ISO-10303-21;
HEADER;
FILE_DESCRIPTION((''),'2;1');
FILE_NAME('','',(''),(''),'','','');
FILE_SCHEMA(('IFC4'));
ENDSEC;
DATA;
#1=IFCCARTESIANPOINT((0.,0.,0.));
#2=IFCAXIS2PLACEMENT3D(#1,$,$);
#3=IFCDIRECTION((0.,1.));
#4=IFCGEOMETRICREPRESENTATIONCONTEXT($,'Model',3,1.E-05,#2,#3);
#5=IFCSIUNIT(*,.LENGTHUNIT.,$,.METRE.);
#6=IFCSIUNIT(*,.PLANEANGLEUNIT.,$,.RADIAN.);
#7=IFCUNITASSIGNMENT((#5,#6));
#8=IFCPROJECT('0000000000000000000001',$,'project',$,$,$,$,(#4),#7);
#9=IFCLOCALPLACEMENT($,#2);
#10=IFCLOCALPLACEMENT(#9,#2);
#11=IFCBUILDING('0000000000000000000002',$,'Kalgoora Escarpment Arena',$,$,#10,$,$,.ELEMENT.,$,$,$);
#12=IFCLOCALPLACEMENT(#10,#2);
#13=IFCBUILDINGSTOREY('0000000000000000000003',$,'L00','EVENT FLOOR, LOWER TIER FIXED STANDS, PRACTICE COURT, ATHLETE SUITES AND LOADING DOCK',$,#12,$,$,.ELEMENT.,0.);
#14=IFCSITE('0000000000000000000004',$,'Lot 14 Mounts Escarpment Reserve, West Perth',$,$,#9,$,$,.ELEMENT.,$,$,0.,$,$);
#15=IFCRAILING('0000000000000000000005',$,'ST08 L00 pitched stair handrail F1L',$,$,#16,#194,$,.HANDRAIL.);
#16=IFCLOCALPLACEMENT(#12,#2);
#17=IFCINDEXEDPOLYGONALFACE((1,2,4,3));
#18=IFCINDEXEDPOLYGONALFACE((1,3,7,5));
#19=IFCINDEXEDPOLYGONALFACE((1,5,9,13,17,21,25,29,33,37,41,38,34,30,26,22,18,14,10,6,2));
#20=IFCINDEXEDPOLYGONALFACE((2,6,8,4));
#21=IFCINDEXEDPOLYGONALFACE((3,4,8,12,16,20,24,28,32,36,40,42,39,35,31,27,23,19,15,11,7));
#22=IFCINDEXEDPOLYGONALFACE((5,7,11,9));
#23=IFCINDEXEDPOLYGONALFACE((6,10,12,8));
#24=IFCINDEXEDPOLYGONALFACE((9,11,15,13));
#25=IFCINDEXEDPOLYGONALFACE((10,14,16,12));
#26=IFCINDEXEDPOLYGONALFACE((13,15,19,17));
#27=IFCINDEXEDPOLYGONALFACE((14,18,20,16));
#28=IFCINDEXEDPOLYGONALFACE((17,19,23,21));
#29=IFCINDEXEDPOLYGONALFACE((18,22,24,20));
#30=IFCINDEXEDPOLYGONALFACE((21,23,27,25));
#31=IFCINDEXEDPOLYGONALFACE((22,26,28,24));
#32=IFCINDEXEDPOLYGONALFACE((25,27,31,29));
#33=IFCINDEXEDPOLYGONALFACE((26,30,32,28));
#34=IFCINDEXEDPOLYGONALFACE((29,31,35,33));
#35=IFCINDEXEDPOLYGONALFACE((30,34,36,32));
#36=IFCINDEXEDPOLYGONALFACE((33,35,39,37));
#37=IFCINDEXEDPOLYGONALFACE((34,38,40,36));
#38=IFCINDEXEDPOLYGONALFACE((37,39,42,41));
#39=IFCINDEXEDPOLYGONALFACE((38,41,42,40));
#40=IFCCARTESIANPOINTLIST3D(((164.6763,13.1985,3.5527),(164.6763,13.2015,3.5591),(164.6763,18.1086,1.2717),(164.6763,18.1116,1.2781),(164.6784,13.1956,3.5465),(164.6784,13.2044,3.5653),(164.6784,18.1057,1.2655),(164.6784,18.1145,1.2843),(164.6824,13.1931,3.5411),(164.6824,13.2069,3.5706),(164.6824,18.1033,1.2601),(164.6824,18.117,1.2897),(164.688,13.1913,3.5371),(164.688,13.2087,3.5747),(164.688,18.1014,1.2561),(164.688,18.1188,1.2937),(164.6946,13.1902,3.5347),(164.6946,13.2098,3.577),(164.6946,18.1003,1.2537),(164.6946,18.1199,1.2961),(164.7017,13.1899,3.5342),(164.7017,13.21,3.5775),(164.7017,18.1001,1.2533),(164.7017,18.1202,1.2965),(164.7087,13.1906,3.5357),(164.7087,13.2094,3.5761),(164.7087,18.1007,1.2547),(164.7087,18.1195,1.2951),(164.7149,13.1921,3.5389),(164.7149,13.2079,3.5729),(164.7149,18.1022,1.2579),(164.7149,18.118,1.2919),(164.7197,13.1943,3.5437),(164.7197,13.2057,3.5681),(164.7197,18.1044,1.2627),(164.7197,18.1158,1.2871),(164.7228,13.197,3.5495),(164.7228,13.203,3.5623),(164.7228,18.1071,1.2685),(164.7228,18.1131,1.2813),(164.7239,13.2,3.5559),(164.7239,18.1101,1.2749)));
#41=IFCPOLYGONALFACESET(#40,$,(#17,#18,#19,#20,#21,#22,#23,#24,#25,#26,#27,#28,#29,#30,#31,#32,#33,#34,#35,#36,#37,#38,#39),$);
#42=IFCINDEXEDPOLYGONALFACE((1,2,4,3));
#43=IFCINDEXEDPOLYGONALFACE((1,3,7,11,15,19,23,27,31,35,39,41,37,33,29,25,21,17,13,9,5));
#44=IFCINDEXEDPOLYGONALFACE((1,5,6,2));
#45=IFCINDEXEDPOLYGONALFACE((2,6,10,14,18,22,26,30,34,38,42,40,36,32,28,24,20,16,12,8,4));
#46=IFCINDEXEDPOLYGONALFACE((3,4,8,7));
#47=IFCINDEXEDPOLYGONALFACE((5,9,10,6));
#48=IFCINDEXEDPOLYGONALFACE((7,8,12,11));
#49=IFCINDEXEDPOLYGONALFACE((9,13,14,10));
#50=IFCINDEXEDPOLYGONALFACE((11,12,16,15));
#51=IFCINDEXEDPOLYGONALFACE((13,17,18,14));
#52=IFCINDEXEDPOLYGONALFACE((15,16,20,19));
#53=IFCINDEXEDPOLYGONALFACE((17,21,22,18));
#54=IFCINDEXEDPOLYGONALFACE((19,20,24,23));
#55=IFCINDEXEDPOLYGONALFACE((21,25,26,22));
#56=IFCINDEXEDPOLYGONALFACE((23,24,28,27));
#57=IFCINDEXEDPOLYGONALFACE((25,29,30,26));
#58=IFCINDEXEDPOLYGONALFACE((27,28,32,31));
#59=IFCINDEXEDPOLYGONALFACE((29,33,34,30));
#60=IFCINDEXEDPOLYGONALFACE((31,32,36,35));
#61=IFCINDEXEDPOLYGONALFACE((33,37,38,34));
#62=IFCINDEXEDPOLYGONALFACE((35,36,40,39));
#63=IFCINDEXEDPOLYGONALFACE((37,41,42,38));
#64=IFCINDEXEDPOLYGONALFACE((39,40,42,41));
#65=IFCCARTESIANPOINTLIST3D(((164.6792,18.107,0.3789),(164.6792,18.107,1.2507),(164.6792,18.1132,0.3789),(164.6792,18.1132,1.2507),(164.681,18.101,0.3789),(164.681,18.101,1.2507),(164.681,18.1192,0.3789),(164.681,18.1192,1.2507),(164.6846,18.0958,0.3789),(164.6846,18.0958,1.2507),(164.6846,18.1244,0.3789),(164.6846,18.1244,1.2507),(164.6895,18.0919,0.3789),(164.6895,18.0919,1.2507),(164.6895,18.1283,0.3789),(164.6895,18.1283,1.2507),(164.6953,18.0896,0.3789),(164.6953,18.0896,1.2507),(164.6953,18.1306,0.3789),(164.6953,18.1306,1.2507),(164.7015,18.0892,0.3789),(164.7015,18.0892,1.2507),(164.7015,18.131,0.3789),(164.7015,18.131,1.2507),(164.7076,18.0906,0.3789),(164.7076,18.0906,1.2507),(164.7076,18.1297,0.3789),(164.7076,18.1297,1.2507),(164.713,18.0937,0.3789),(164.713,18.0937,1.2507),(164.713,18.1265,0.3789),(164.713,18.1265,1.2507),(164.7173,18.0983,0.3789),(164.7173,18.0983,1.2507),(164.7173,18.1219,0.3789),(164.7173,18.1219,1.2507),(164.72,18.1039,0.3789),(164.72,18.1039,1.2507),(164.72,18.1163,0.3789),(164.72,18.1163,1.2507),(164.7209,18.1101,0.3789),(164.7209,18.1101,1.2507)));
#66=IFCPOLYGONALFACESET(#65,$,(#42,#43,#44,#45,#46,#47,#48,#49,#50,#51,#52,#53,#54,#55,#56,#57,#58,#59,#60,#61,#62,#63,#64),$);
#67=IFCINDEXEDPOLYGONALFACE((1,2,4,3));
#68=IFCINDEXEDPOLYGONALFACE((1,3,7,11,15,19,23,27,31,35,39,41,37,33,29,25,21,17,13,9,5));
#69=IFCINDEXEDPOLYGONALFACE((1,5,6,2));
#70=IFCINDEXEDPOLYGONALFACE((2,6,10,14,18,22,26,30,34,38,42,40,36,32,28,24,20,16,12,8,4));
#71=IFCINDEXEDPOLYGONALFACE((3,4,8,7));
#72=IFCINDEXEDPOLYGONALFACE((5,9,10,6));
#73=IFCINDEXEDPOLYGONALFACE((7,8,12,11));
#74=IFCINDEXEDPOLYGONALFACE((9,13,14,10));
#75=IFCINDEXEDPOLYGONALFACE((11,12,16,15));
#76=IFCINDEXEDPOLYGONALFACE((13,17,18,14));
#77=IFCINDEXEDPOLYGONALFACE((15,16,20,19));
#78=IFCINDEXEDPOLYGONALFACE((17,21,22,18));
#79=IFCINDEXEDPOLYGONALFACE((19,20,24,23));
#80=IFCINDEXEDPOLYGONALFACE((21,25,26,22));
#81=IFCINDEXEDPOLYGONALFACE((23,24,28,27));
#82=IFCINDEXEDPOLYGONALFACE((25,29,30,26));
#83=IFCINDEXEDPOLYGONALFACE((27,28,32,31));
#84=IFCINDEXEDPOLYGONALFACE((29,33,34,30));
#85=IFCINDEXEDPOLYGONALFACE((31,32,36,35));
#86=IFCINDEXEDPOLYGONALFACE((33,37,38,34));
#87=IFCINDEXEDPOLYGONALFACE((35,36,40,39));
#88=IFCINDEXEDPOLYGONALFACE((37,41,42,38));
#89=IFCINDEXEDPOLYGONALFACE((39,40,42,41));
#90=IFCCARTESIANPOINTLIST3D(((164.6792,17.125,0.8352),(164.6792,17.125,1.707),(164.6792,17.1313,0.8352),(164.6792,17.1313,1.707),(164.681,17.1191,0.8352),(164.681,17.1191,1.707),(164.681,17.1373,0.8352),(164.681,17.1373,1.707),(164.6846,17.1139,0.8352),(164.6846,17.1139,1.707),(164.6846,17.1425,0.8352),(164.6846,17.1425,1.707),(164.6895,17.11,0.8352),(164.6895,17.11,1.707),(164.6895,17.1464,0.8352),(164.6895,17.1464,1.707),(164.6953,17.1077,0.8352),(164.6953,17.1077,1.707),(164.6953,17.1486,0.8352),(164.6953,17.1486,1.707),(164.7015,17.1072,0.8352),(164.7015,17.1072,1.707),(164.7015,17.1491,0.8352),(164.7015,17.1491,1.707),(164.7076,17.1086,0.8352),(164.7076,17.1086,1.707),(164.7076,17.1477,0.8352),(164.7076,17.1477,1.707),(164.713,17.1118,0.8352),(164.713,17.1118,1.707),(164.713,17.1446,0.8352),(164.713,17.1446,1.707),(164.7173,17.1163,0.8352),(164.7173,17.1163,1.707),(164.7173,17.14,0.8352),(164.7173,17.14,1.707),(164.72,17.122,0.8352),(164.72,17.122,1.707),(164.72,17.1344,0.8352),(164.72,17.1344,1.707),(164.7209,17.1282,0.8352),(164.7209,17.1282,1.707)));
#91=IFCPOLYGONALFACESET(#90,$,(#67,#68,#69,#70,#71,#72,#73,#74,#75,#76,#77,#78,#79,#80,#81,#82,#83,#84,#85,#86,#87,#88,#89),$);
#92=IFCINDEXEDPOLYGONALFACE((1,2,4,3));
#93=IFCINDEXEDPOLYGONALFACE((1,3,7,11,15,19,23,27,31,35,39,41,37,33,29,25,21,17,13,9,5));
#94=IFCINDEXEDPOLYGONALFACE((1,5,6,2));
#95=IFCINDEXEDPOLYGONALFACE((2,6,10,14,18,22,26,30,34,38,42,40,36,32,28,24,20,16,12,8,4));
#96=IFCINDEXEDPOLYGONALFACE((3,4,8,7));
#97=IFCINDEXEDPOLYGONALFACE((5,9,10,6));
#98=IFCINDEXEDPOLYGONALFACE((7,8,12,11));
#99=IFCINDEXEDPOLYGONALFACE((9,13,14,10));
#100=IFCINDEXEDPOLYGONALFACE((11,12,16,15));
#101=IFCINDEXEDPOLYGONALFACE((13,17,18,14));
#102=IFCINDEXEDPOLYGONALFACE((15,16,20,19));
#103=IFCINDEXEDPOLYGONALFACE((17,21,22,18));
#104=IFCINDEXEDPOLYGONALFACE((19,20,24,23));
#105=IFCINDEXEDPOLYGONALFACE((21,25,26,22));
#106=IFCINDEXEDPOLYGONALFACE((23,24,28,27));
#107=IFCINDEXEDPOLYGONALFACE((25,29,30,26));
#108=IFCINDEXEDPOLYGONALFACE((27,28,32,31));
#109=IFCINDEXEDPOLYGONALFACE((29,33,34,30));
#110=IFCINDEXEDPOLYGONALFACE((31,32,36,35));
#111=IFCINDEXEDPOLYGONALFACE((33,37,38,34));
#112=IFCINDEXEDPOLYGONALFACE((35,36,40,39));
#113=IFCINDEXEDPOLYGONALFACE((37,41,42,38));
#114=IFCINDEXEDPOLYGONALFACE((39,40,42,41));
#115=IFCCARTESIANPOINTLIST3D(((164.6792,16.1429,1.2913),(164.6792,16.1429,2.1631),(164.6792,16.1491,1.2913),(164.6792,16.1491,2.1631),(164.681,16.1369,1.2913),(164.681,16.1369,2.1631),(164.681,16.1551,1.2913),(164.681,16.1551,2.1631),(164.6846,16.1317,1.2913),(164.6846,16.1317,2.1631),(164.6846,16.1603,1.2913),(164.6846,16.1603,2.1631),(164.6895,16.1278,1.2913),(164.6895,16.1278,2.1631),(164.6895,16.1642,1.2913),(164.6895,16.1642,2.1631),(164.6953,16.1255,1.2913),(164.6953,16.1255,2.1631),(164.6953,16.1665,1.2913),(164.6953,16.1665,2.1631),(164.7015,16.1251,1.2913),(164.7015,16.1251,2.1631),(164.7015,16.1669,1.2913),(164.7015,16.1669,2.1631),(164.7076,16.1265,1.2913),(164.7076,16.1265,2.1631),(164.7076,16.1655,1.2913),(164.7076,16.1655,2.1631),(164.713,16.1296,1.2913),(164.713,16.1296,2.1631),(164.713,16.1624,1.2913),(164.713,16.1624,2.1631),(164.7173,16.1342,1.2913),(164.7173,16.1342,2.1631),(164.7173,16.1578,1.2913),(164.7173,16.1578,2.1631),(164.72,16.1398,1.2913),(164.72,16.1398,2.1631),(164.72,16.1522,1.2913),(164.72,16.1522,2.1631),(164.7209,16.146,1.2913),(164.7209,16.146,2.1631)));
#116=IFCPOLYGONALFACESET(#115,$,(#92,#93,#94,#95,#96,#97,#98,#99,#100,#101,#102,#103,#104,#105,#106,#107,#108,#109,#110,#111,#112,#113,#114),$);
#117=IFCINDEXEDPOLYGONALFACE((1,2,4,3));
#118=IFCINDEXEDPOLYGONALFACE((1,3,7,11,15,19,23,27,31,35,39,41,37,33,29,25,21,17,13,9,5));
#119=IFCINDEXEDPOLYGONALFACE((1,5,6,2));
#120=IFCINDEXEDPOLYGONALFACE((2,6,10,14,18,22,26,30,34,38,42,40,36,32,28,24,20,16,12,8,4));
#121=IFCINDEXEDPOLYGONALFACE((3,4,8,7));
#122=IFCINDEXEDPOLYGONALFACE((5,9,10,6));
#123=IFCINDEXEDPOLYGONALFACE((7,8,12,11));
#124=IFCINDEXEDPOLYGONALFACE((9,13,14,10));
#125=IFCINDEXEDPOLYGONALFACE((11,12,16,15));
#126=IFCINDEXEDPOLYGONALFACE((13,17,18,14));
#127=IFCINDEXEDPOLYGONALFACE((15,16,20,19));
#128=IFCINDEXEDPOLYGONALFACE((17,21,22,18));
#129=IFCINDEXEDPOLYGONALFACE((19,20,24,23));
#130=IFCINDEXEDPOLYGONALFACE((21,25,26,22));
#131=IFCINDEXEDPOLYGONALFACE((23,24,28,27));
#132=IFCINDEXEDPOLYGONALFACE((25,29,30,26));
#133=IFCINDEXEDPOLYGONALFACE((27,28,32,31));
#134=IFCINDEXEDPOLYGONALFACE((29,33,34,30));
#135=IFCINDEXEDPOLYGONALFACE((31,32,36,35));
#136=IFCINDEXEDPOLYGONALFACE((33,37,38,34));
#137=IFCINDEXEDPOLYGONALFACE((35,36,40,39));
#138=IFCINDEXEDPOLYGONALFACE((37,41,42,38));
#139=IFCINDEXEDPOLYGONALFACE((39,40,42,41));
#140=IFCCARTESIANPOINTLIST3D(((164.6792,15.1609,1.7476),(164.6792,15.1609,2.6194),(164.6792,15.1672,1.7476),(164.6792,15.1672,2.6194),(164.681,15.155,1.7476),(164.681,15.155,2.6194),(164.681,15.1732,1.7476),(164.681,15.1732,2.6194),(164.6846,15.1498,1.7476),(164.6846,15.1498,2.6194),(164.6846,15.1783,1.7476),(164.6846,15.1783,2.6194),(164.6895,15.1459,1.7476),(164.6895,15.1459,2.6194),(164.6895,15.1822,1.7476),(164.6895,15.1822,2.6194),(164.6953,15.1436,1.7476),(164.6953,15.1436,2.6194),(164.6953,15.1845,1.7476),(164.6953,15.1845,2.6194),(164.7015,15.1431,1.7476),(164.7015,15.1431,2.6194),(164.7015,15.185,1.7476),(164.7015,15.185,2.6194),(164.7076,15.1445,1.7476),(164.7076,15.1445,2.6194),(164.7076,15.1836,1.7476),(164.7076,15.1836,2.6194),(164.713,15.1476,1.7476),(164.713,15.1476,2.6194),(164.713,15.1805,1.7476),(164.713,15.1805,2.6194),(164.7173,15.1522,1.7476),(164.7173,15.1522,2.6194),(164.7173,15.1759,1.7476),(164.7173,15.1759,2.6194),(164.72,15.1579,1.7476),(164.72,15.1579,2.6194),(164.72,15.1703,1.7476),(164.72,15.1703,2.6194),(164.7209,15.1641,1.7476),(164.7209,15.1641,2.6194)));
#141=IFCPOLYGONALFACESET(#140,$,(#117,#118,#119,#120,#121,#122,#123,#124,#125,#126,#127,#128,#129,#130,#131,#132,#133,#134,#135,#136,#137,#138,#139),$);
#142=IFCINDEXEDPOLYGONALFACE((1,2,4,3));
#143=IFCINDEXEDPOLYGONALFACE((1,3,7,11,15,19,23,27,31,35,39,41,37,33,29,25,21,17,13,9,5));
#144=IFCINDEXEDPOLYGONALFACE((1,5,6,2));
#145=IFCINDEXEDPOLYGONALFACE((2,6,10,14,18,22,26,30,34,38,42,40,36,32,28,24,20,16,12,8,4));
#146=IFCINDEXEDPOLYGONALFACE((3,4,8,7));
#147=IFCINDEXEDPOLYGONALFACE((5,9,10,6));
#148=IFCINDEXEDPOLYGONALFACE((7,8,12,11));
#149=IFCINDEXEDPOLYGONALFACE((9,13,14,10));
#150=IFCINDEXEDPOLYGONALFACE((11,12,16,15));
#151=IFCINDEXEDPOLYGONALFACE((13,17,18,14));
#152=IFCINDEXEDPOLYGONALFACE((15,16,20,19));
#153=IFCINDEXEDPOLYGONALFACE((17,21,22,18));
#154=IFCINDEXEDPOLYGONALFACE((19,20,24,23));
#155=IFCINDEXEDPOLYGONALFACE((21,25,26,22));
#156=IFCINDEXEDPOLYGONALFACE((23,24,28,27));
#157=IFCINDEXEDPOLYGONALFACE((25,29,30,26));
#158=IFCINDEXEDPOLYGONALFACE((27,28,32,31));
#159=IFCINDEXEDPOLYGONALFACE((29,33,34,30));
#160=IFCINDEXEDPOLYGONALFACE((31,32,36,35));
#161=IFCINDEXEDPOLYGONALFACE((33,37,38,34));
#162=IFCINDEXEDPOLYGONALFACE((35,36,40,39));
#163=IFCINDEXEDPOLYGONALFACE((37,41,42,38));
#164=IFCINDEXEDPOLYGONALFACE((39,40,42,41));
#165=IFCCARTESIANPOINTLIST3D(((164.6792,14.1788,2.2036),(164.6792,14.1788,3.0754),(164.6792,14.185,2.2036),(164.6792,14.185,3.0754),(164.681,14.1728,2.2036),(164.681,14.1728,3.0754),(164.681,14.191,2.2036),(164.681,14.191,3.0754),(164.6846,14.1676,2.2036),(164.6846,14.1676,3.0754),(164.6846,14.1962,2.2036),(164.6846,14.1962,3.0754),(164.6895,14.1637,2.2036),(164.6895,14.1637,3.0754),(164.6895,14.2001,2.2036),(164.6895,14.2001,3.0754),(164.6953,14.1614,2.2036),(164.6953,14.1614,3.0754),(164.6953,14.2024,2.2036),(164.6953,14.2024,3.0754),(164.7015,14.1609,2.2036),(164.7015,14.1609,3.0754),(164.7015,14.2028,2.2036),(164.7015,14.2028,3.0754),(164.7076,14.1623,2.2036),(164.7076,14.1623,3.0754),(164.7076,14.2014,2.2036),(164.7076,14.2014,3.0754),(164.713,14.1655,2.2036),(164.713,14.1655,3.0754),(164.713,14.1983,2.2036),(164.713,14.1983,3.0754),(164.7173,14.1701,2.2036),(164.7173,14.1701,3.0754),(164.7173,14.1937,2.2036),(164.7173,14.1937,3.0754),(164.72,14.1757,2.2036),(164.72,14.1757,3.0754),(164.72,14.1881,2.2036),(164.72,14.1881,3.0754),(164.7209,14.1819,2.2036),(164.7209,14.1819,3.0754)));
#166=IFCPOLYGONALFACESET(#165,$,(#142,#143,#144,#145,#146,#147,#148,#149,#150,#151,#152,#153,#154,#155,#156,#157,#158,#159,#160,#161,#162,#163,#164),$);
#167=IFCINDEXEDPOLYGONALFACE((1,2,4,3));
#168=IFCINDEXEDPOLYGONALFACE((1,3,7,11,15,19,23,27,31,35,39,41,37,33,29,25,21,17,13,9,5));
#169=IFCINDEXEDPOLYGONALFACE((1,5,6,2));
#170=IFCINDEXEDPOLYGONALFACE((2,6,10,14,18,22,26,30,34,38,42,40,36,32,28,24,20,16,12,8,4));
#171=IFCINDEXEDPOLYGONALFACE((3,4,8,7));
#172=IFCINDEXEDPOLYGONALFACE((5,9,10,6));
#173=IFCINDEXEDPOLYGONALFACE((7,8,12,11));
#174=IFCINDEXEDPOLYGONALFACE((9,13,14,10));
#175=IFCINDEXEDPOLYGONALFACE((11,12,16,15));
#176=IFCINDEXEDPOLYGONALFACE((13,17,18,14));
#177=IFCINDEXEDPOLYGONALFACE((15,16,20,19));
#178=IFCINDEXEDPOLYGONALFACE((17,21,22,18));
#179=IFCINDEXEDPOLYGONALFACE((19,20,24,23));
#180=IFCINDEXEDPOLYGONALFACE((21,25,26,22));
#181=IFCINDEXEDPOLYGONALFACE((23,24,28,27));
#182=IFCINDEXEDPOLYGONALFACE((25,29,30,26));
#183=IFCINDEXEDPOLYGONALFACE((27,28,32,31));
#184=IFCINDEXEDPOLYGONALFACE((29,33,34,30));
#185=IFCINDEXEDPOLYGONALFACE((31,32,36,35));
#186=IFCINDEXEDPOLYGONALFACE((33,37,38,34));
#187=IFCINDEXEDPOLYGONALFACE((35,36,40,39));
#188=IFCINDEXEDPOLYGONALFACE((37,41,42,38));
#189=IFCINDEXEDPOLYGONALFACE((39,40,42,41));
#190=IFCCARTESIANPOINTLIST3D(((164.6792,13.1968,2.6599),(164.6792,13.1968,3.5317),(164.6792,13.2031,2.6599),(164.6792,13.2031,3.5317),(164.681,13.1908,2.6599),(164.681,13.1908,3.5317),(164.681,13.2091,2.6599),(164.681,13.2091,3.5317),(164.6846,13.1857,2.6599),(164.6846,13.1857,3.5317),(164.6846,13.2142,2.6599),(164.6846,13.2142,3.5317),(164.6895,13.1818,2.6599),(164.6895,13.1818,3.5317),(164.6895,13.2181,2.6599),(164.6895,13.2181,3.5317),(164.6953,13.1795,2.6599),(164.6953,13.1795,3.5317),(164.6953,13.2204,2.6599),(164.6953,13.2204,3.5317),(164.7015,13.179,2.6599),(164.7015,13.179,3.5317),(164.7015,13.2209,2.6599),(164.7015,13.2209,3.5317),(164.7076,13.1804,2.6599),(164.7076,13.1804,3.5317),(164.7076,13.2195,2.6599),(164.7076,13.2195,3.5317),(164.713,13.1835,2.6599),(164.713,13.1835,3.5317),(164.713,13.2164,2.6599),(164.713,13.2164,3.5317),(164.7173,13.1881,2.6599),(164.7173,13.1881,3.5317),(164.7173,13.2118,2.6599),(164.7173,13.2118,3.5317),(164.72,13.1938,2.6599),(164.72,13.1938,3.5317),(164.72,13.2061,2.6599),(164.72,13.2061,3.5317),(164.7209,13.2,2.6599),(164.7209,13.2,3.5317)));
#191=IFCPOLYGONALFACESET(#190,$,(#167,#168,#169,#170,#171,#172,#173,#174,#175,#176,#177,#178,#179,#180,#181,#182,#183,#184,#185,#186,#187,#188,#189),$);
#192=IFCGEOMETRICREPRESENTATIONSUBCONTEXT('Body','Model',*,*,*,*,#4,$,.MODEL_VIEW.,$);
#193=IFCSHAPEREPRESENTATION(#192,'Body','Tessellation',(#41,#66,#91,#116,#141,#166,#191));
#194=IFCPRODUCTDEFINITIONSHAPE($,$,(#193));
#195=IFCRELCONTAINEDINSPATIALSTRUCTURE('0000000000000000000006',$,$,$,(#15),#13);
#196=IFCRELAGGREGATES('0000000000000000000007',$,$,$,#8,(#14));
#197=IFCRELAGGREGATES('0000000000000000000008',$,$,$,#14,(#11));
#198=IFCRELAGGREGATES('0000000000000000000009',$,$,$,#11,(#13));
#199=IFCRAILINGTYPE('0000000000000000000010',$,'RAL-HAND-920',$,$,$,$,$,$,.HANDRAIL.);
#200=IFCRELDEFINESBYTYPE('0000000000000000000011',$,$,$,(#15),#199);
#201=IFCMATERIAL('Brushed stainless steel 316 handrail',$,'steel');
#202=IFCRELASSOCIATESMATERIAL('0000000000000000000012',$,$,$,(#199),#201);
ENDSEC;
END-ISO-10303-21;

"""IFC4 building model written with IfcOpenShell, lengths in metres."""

from ifc_helpers import new_model, si_unit, direction, frame, origin, origin_2d, place, context, subcontext, project, spatial, circle, extrude, material, type_object, element, save


model = new_model("IFC4")

# Units and contexts
model_context = context("Model", 3, precision=1e-05, world=origin(), true_north=direction((0.0, 1.0)))
body_context = subcontext(model_context, "Body", "Model", "MODEL_VIEW")
ifc_project = project(units=[si_unit("LENGTHUNIT", "METRE"), si_unit("PLANEANGLEUNIT", "RADIAN")], contexts=[model_context])

# Site, building, storey
site_placement = place(None, origin())
site = spatial("IfcSite", under=ifc_project, at=site_placement, Name="Lot 14 Mounts Escarpment Reserve, West Perth", CompositionType="ELEMENT", RefElevation=0.0)
building_placement = place(site_placement, origin())
building = spatial("IfcBuilding", under=site, at=building_placement, Name="Kalgoora Escarpment Arena", CompositionType="ELEMENT")
storey_placement = place(building_placement, origin())
storey = spatial("IfcBuildingStorey", under=building, at=storey_placement, Name="L00", Description="EVENT FLOOR, LOWER TIER FIXED STANDS, PRACTICE COURT, ATHLETE SUITES AND LOADING DOCK", CompositionType="ELEMENT", Elevation=0.0)

# Railing
ifc_material_1 = material(Name="Brushed stainless steel 316 handrail", Category="steel")
railing_type = type_object("IfcRailingType", Name="RAL-HAND-920", PredefinedType="HANDRAIL", material=ifc_material_1)
for number, where, name in (
    (1, (164.7, 18.1101, 0.3789), "ST08 L00 pitched stair handrail F1L"),
):
    element("IfcRailing", number, at=place(storey_placement, frame(where)), inside=storey, type_object=railing_type, Name=name, PredefinedType="HANDRAIL", context=body_context, shape_type="SweptSolid", body=[
        extrude(circle(Radius=0.0239, at=origin_2d()), frame((0.0, 0.0, 0.896), z_axis=(0.0, -0.906918, 0.421307), x_axis=(1.0, 0.0, 0.0)), (0.0, 0.0, 1.0), 5.4141),
        extrude(circle(Radius=0.021, at=origin_2d()), origin(), (0.0, 0.0, 1.0), 0.8718),
        extrude(circle(Radius=0.021, at=origin_2d()), frame((0.0, -0.9819, 0.4563)), (0.0, 0.0, 1.0), 0.8718),
        extrude(circle(Radius=0.021, at=origin_2d()), frame((0.0, -1.9641, 0.9124)), (0.0, 0.0, 1.0), 0.8718),
        extrude(circle(Radius=0.021, at=origin_2d()), frame((0.0, -2.946, 1.3687)), (0.0, 0.0, 1.0), 0.8718),
        extrude(circle(Radius=0.021, at=origin_2d()), frame((0.0, -3.9282, 1.8247)), (0.0, 0.0, 1.0), 0.8718),
        extrude(circle(Radius=0.021, at=origin_2d()), frame((0.0, -4.9102, 2.281)), (0.0, 0.0, 1.0), 0.8718),
    ])

save(model, "model.ifc")
